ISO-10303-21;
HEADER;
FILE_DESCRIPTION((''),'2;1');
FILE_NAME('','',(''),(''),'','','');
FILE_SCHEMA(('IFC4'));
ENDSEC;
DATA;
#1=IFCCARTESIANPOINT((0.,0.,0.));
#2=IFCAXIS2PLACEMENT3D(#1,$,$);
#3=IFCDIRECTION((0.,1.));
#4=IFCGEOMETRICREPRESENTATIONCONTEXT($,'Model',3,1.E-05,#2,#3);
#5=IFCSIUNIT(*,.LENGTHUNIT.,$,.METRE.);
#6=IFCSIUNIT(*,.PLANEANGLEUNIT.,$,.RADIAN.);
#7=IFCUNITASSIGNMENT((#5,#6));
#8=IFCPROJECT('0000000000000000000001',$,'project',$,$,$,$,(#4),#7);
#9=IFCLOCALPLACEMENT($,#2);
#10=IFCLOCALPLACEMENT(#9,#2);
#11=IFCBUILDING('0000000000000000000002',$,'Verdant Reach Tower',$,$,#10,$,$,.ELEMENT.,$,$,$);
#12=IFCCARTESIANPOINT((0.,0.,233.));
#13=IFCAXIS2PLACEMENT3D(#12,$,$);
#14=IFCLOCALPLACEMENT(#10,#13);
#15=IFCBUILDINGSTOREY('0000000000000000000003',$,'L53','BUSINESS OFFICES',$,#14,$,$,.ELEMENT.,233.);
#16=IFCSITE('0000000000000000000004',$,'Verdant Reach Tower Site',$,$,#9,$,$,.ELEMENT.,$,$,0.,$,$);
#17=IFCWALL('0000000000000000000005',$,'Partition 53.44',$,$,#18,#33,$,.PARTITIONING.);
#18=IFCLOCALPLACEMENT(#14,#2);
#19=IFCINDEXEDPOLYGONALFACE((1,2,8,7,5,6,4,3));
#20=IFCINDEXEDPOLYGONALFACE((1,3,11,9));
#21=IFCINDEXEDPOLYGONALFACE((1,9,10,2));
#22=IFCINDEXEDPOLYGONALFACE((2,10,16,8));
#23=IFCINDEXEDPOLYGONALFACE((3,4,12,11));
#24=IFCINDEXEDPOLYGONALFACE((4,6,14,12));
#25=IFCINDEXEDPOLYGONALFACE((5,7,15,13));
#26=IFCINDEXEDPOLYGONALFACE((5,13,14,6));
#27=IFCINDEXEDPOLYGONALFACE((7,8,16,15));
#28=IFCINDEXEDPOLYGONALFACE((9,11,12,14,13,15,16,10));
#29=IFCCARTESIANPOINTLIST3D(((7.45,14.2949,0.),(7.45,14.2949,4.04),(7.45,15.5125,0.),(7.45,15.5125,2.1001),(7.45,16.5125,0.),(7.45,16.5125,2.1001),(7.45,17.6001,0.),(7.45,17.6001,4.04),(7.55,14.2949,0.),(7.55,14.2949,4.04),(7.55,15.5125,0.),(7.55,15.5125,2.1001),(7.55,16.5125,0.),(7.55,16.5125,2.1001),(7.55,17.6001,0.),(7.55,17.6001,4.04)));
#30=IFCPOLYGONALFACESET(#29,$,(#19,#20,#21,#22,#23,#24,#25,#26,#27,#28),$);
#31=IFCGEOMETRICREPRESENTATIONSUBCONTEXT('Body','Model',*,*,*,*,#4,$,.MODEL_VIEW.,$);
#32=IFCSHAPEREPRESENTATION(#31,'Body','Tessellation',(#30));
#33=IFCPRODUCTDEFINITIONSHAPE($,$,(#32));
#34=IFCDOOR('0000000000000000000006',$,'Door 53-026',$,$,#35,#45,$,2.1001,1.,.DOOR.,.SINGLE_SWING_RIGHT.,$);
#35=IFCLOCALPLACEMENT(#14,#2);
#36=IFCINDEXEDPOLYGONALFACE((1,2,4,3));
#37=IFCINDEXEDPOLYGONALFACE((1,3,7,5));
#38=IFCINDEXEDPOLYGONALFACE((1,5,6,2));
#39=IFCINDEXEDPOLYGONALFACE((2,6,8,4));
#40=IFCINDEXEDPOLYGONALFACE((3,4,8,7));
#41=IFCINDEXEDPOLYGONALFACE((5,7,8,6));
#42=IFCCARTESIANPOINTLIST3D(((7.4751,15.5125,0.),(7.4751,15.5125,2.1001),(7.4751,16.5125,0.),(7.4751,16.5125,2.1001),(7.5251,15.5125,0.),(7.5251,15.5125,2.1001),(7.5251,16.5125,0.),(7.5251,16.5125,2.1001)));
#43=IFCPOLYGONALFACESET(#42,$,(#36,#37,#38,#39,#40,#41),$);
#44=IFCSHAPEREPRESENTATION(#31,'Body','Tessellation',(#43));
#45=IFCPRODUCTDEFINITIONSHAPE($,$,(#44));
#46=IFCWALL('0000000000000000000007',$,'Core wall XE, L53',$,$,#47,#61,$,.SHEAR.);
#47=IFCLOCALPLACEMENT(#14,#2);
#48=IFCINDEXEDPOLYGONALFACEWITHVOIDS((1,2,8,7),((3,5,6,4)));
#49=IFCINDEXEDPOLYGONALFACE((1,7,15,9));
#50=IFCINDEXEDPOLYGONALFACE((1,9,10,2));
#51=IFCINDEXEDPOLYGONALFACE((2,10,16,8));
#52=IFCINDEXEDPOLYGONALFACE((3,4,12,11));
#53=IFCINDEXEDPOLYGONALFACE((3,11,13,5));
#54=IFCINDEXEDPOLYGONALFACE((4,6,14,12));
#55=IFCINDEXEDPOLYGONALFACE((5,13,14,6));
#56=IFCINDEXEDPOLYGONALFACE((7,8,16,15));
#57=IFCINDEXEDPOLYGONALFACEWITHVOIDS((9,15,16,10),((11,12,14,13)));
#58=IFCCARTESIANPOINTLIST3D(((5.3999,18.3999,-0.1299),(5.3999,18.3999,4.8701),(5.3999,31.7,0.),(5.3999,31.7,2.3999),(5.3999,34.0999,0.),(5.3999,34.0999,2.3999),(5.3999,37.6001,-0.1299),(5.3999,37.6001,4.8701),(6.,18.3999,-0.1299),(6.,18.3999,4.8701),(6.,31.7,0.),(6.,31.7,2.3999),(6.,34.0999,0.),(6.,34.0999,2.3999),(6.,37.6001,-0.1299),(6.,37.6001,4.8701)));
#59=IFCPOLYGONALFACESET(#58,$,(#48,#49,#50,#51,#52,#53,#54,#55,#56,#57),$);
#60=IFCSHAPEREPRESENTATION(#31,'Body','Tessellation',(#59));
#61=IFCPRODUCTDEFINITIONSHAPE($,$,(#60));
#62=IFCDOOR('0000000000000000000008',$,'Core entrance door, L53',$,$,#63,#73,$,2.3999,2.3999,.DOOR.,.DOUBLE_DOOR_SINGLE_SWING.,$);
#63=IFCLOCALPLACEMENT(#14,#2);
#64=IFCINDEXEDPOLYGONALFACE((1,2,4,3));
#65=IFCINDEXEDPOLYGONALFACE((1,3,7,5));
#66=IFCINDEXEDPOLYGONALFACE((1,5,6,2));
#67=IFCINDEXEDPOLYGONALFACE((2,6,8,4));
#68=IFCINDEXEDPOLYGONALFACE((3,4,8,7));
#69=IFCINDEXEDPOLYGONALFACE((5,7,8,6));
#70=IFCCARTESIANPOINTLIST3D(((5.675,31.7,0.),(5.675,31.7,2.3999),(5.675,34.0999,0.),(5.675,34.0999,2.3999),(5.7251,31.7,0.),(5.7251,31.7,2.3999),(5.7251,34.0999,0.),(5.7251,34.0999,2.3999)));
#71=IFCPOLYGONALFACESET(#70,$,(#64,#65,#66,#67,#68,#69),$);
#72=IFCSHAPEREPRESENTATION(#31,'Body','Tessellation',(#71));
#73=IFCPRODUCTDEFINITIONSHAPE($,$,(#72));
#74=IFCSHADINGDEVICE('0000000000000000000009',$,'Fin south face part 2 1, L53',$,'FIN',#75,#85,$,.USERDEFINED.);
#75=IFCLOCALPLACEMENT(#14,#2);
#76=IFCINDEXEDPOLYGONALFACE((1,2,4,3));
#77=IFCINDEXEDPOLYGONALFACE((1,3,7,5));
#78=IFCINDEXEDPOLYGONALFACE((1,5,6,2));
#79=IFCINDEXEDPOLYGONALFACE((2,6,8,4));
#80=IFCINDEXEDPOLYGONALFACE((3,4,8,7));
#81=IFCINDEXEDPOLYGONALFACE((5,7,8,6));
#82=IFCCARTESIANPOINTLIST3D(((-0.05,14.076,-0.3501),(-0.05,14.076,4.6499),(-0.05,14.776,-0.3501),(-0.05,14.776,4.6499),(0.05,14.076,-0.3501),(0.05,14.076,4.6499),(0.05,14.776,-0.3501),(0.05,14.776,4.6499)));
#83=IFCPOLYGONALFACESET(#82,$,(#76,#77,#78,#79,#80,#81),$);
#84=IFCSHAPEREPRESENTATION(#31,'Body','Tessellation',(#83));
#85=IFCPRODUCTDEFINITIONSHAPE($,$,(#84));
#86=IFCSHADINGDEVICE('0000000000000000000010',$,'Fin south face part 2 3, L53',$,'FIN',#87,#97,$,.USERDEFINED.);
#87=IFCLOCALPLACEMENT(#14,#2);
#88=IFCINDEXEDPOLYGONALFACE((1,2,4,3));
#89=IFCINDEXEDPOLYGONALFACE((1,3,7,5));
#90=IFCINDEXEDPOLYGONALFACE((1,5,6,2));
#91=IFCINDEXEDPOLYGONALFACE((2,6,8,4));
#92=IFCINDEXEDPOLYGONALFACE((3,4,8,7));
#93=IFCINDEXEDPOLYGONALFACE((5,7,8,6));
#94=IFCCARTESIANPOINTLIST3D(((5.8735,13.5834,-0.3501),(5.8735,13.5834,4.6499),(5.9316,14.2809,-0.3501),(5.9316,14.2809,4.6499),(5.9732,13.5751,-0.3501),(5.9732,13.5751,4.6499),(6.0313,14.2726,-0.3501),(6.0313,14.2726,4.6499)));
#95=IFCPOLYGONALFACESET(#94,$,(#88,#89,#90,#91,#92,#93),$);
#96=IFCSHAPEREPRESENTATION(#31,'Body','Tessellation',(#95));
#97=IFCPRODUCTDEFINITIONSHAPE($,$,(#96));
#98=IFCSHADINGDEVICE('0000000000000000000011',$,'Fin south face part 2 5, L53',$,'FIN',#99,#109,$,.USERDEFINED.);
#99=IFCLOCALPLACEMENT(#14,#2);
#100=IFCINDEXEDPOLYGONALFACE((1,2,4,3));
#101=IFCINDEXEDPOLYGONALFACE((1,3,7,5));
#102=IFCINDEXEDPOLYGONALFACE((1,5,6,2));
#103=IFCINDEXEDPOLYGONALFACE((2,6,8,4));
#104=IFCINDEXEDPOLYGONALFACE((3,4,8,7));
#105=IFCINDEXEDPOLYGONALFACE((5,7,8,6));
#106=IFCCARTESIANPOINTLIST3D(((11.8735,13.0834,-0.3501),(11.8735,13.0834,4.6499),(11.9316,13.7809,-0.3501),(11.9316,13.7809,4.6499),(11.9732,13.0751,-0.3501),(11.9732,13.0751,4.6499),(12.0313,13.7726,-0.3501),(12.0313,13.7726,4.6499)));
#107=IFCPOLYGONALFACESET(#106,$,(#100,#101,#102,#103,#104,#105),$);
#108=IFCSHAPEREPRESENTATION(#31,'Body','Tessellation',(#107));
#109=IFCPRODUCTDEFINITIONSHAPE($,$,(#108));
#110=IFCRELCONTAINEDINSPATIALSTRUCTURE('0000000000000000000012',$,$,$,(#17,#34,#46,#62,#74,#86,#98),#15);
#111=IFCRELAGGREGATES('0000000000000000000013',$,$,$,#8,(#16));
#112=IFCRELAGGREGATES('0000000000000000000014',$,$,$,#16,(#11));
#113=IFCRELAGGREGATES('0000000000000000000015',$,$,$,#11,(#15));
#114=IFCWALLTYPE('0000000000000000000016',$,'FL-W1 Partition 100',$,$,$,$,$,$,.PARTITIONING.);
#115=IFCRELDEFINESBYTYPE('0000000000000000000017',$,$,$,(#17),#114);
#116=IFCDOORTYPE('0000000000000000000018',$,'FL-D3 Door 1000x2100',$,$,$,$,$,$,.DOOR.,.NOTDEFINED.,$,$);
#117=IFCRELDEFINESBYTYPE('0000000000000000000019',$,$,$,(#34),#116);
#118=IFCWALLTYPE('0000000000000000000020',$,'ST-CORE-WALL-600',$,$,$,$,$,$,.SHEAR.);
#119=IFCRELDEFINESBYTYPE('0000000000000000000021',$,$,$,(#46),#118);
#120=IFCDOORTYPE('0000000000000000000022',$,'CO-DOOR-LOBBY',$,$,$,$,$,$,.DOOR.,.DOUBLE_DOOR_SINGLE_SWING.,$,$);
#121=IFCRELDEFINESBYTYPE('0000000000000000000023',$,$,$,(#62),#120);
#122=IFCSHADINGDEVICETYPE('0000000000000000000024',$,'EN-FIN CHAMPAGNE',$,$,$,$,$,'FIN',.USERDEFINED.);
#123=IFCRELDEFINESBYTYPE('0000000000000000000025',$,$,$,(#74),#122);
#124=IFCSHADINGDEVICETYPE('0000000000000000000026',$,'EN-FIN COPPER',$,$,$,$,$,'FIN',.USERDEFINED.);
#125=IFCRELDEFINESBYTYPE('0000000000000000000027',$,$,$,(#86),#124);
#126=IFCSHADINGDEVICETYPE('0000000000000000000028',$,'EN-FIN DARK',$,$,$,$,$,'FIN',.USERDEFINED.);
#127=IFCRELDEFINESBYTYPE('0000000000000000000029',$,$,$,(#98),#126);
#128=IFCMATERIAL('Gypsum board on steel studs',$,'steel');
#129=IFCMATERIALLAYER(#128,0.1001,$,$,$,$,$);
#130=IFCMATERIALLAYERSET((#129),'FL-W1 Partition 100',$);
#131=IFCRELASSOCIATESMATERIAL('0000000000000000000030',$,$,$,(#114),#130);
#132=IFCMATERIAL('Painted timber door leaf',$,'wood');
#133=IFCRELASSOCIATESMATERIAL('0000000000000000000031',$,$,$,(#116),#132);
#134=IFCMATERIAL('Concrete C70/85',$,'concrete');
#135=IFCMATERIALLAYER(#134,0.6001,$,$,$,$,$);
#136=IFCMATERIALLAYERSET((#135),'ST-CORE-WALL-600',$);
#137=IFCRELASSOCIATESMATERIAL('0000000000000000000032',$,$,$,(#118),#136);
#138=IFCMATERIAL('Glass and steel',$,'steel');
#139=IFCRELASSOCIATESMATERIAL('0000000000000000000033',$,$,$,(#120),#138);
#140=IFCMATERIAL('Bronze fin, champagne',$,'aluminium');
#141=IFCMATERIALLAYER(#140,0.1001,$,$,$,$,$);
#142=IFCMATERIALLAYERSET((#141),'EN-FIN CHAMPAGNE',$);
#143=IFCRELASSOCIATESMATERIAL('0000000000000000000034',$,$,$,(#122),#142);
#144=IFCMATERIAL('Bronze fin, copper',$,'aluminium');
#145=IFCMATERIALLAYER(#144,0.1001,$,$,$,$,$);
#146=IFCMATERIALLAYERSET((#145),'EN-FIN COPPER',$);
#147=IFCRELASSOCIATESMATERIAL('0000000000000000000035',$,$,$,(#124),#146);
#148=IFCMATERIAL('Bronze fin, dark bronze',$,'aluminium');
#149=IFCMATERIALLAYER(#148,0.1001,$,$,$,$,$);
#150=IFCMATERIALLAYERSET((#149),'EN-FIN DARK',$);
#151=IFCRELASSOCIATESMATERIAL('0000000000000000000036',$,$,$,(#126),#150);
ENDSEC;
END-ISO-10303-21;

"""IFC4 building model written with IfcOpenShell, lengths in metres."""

from ifc_helpers import new_model, si_unit, direction, frame, frame_2d, origin, origin_2d, place, context, subcontext, project, spatial, rectangle, extrude, material, layer, layer_set, type_object, element, fill, save


model = new_model("IFC4")

# Units and contexts
model_context = context("Model", 3, precision=1e-05, world=origin(), true_north=direction((0.0, 1.0)))
body_context = subcontext(model_context, "Body", "Model", "MODEL_VIEW")
ifc_project = project(units=[si_unit("LENGTHUNIT", "METRE"), si_unit("PLANEANGLEUNIT", "RADIAN")], contexts=[model_context])

# Site, building, storey
site_placement = place(None, origin())
site = spatial("IfcSite", under=ifc_project, at=site_placement, Name="Verdant Reach Tower Site", CompositionType="ELEMENT", RefElevation=0.0)
building_placement = place(site_placement, origin())
building = spatial("IfcBuilding", under=site, at=building_placement, Name="Verdant Reach Tower", CompositionType="ELEMENT")
storey_placement = place(building_placement, frame((0.0, 0.0, 233.0)))
storey = spatial("IfcBuildingStorey", under=building, at=storey_placement, Name="L53", Description="BUSINESS OFFICES", CompositionType="ELEMENT", Elevation=233.0)

# Shared definitions
ifc_material_1 = material(Name="Gypsum board on steel studs", Category="steel")
ifc_layer_1 = layer(ifc_material_1, 0.1001)
ifc_layer_set_1 = layer_set([ifc_layer_1], Name="FL-W1 Partition 100")
wall_type_1 = type_object("IfcWallType", Name="FL-W1 Partition 100", PredefinedType="PARTITIONING", material=ifc_layer_set_1)

# Walls, openings, doors
wall_1_placement = place(storey_placement, frame((7.5, 14.2949, 0.0), z_axis=(0.0, 0.0, 1.0), x_axis=(0.0, 1.0, 0.0)))
wall_1 = element("IfcWall", 1, at=wall_1_placement, inside=storey, type_object=wall_type_1, Name="Partition 53.44", PredefinedType="PARTITIONING", context=body_context, shape_type="SweptSolid", body=[
    extrude(rectangle(XDim=3.3052, YDim=0.1001, at=frame_2d((1.6526, 0.0))), origin(), (0.0, 0.0, 1.0), 4.04),
])
opening_1_placement = place(wall_1_placement, frame((1.2175, 0.0, 0.0)))
opening_1 = element("IfcOpeningElement", 2, at=opening_1_placement, cuts=wall_1, PredefinedType="OPENING", context=body_context, shape_type="SweptSolid", body=[
    extrude(rectangle(XDim=1.0, YDim=2.1001, at=frame_2d((0.5, 1.05))), frame((0.0, 0.0601, 0.0), z_axis=(0.0, -1.0, 0.0), x_axis=(1.0, 0.0, 0.0)), (0.0, 0.0, 1.0), 0.1201),
])
ifc_material_2 = material(Name="Painted timber door leaf", Category="wood")
door_type_1 = type_object("IfcDoorType", Name="FL-D3 Door 1000x2100", OperationType="NOTDEFINED", PredefinedType="DOOR", material=ifc_material_2)
door_1_placement = place(opening_1_placement, origin())
door_1 = element("IfcDoor", 3, at=door_1_placement, inside=storey, type_object=door_type_1, Name="Door 53-026", OperationType="SINGLE_SWING_RIGHT", OverallHeight=2.1001, OverallWidth=1.0, PredefinedType="DOOR", context=body_context, shape_type="SweptSolid", body=[
    extrude(rectangle(XDim=1.0, YDim=2.1001, at=frame_2d((0.5, 1.05))), frame((0.0, 0.0249, 0.0), z_axis=(0.0, -1.0, 0.0), x_axis=(1.0, 0.0, 0.0)), (0.0, 0.0, 1.0), 0.05),
])
fill(opening_1, door_1)
ifc_material_3 = material(Name="Concrete C70/85", Category="concrete")
ifc_layer_2 = layer(ifc_material_3, 0.6001)
ifc_layer_set_2 = layer_set([ifc_layer_2], Name="ST-CORE-WALL-600")
wall_type_2 = type_object("IfcWallType", Name="ST-CORE-WALL-600", PredefinedType="SHEAR", material=ifc_layer_set_2)
wall_2_placement = place(storey_placement, frame((5.7, 18.3999, -0.1299), z_axis=(0.0, 0.0, 1.0), x_axis=(0.0, 1.0, 0.0)))
wall_2 = element("IfcWall", 4, at=wall_2_placement, inside=storey, type_object=wall_type_2, Name="Core wall XE, L53", PredefinedType="SHEAR", context=body_context, shape_type="SweptSolid", body=[
    extrude(rectangle(XDim=19.2002, YDim=0.6001, at=frame_2d((9.6001, 0.0))), origin(), (0.0, 0.0, 1.0), 5.0),
])
opening_2_placement = place(wall_2_placement, frame((13.3, 0.0, 0.1299)))
opening_2 = element("IfcOpeningElement", 5, at=opening_2_placement, cuts=wall_2, PredefinedType="OPENING", context=body_context, shape_type="SweptSolid", body=[
    extrude(rectangle(XDim=2.3999, YDim=2.3999, at=frame_2d((1.2, 1.2))), frame((0.0, 0.3101, 0.0), z_axis=(0.0, -1.0, 0.0), x_axis=(1.0, 0.0, 0.0)), (0.0, 0.0, 1.0), 0.6201),
])
ifc_material_4 = material(Name="Glass and steel", Category="steel")
door_type_2 = type_object("IfcDoorType", Name="CO-DOOR-LOBBY", OperationType="DOUBLE_DOOR_SINGLE_SWING", PredefinedType="DOOR", material=ifc_material_4)
door_2_placement = place(opening_2_placement, origin())
door_2 = element("IfcDoor", 6, at=door_2_placement, inside=storey, type_object=door_type_2, Name="Core entrance door, L53", OperationType="DOUBLE_DOOR_SINGLE_SWING", OverallHeight=2.3999, OverallWidth=2.3999, PredefinedType="DOOR", context=body_context, shape_type="SweptSolid", body=[
    extrude(rectangle(XDim=2.3999, YDim=2.3999, at=frame_2d((1.2, 1.2))), frame((0.0, 0.0249, 0.0), z_axis=(0.0, -1.0, 0.0), x_axis=(1.0, 0.0, 0.0)), (0.0, 0.0, 1.0), 0.05),
])
fill(opening_2, door_2)

# Shading devices
ifc_material_5 = material(Name="Bronze fin, champagne", Category="aluminium")
ifc_layer_3 = layer(ifc_material_5, 0.1001)
ifc_layer_set_3 = layer_set([ifc_layer_3], Name="EN-FIN CHAMPAGNE")
shading_device_type_1 = type_object("IfcShadingDeviceType", Name="EN-FIN CHAMPAGNE", ElementType="FIN", PredefinedType="USERDEFINED", material=ifc_layer_set_3)
shading_device_1_placement = place(storey_placement, frame((0.0, 14.426, -0.3501), z_axis=(0.0, 0.0, 1.0), x_axis=(1.0, 0.0, 0.0)))
element("IfcShadingDevice", 7, at=shading_device_1_placement, inside=storey, type_object=shading_device_type_1, Name="Fin south face part 2 1, L53", ObjectType="FIN", PredefinedType="USERDEFINED", context=body_context, shape_type="SweptSolid", body=[
    extrude(rectangle(XDim=0.1001, YDim=0.7, at=origin_2d()), origin(), (0.0, 0.0, 1.0), 5.0),
])
ifc_material_6 = material(Name="Bronze fin, copper", Category="aluminium")
ifc_layer_4 = layer(ifc_material_6, 0.1001)
ifc_layer_set_4 = layer_set([ifc_layer_4], Name="EN-FIN COPPER")
shading_device_type_2 = type_object("IfcShadingDeviceType", Name="EN-FIN COPPER", ElementType="FIN", PredefinedType="USERDEFINED", material=ifc_layer_set_4)
shading_device_2_placement = place(storey_placement, frame((5.9524, 13.928, -0.3501), z_axis=(0.0, 0.0, 1.0), x_axis=(0.996546, -0.083045, 0.0)))
element("IfcShadingDevice", 8, at=shading_device_2_placement, inside=storey, type_object=shading_device_type_2, Name="Fin south face part 2 3, L53", ObjectType="FIN", PredefinedType="USERDEFINED", context=body_context, shape_type="SweptSolid", body=[
    extrude(rectangle(XDim=0.1001, YDim=0.7, at=origin_2d()), origin(), (0.0, 0.0, 1.0), 5.0),
])
ifc_material_7 = material(Name="Bronze fin, dark bronze", Category="aluminium")
ifc_layer_5 = layer(ifc_material_7, 0.1001)
ifc_layer_set_5 = layer_set([ifc_layer_5], Name="EN-FIN DARK")
shading_device_type_3 = type_object("IfcShadingDeviceType", Name="EN-FIN DARK", ElementType="FIN", PredefinedType="USERDEFINED", material=ifc_layer_set_5)
shading_device_3_placement = place(storey_placement, frame((11.9524, 13.428, -0.3501), z_axis=(0.0, 0.0, 1.0), x_axis=(0.996546, -0.083045, 0.0)))
element("IfcShadingDevice", 9, at=shading_device_3_placement, inside=storey, type_object=shading_device_type_3, Name="Fin south face part 2 5, L53", ObjectType="FIN", PredefinedType="USERDEFINED", context=body_context, shape_type="SweptSolid", body=[
    extrude(rectangle(XDim=0.1001, YDim=0.7, at=origin_2d()), origin(), (0.0, 0.0, 1.0), 5.0),
])

save(model, "model.ifc")
